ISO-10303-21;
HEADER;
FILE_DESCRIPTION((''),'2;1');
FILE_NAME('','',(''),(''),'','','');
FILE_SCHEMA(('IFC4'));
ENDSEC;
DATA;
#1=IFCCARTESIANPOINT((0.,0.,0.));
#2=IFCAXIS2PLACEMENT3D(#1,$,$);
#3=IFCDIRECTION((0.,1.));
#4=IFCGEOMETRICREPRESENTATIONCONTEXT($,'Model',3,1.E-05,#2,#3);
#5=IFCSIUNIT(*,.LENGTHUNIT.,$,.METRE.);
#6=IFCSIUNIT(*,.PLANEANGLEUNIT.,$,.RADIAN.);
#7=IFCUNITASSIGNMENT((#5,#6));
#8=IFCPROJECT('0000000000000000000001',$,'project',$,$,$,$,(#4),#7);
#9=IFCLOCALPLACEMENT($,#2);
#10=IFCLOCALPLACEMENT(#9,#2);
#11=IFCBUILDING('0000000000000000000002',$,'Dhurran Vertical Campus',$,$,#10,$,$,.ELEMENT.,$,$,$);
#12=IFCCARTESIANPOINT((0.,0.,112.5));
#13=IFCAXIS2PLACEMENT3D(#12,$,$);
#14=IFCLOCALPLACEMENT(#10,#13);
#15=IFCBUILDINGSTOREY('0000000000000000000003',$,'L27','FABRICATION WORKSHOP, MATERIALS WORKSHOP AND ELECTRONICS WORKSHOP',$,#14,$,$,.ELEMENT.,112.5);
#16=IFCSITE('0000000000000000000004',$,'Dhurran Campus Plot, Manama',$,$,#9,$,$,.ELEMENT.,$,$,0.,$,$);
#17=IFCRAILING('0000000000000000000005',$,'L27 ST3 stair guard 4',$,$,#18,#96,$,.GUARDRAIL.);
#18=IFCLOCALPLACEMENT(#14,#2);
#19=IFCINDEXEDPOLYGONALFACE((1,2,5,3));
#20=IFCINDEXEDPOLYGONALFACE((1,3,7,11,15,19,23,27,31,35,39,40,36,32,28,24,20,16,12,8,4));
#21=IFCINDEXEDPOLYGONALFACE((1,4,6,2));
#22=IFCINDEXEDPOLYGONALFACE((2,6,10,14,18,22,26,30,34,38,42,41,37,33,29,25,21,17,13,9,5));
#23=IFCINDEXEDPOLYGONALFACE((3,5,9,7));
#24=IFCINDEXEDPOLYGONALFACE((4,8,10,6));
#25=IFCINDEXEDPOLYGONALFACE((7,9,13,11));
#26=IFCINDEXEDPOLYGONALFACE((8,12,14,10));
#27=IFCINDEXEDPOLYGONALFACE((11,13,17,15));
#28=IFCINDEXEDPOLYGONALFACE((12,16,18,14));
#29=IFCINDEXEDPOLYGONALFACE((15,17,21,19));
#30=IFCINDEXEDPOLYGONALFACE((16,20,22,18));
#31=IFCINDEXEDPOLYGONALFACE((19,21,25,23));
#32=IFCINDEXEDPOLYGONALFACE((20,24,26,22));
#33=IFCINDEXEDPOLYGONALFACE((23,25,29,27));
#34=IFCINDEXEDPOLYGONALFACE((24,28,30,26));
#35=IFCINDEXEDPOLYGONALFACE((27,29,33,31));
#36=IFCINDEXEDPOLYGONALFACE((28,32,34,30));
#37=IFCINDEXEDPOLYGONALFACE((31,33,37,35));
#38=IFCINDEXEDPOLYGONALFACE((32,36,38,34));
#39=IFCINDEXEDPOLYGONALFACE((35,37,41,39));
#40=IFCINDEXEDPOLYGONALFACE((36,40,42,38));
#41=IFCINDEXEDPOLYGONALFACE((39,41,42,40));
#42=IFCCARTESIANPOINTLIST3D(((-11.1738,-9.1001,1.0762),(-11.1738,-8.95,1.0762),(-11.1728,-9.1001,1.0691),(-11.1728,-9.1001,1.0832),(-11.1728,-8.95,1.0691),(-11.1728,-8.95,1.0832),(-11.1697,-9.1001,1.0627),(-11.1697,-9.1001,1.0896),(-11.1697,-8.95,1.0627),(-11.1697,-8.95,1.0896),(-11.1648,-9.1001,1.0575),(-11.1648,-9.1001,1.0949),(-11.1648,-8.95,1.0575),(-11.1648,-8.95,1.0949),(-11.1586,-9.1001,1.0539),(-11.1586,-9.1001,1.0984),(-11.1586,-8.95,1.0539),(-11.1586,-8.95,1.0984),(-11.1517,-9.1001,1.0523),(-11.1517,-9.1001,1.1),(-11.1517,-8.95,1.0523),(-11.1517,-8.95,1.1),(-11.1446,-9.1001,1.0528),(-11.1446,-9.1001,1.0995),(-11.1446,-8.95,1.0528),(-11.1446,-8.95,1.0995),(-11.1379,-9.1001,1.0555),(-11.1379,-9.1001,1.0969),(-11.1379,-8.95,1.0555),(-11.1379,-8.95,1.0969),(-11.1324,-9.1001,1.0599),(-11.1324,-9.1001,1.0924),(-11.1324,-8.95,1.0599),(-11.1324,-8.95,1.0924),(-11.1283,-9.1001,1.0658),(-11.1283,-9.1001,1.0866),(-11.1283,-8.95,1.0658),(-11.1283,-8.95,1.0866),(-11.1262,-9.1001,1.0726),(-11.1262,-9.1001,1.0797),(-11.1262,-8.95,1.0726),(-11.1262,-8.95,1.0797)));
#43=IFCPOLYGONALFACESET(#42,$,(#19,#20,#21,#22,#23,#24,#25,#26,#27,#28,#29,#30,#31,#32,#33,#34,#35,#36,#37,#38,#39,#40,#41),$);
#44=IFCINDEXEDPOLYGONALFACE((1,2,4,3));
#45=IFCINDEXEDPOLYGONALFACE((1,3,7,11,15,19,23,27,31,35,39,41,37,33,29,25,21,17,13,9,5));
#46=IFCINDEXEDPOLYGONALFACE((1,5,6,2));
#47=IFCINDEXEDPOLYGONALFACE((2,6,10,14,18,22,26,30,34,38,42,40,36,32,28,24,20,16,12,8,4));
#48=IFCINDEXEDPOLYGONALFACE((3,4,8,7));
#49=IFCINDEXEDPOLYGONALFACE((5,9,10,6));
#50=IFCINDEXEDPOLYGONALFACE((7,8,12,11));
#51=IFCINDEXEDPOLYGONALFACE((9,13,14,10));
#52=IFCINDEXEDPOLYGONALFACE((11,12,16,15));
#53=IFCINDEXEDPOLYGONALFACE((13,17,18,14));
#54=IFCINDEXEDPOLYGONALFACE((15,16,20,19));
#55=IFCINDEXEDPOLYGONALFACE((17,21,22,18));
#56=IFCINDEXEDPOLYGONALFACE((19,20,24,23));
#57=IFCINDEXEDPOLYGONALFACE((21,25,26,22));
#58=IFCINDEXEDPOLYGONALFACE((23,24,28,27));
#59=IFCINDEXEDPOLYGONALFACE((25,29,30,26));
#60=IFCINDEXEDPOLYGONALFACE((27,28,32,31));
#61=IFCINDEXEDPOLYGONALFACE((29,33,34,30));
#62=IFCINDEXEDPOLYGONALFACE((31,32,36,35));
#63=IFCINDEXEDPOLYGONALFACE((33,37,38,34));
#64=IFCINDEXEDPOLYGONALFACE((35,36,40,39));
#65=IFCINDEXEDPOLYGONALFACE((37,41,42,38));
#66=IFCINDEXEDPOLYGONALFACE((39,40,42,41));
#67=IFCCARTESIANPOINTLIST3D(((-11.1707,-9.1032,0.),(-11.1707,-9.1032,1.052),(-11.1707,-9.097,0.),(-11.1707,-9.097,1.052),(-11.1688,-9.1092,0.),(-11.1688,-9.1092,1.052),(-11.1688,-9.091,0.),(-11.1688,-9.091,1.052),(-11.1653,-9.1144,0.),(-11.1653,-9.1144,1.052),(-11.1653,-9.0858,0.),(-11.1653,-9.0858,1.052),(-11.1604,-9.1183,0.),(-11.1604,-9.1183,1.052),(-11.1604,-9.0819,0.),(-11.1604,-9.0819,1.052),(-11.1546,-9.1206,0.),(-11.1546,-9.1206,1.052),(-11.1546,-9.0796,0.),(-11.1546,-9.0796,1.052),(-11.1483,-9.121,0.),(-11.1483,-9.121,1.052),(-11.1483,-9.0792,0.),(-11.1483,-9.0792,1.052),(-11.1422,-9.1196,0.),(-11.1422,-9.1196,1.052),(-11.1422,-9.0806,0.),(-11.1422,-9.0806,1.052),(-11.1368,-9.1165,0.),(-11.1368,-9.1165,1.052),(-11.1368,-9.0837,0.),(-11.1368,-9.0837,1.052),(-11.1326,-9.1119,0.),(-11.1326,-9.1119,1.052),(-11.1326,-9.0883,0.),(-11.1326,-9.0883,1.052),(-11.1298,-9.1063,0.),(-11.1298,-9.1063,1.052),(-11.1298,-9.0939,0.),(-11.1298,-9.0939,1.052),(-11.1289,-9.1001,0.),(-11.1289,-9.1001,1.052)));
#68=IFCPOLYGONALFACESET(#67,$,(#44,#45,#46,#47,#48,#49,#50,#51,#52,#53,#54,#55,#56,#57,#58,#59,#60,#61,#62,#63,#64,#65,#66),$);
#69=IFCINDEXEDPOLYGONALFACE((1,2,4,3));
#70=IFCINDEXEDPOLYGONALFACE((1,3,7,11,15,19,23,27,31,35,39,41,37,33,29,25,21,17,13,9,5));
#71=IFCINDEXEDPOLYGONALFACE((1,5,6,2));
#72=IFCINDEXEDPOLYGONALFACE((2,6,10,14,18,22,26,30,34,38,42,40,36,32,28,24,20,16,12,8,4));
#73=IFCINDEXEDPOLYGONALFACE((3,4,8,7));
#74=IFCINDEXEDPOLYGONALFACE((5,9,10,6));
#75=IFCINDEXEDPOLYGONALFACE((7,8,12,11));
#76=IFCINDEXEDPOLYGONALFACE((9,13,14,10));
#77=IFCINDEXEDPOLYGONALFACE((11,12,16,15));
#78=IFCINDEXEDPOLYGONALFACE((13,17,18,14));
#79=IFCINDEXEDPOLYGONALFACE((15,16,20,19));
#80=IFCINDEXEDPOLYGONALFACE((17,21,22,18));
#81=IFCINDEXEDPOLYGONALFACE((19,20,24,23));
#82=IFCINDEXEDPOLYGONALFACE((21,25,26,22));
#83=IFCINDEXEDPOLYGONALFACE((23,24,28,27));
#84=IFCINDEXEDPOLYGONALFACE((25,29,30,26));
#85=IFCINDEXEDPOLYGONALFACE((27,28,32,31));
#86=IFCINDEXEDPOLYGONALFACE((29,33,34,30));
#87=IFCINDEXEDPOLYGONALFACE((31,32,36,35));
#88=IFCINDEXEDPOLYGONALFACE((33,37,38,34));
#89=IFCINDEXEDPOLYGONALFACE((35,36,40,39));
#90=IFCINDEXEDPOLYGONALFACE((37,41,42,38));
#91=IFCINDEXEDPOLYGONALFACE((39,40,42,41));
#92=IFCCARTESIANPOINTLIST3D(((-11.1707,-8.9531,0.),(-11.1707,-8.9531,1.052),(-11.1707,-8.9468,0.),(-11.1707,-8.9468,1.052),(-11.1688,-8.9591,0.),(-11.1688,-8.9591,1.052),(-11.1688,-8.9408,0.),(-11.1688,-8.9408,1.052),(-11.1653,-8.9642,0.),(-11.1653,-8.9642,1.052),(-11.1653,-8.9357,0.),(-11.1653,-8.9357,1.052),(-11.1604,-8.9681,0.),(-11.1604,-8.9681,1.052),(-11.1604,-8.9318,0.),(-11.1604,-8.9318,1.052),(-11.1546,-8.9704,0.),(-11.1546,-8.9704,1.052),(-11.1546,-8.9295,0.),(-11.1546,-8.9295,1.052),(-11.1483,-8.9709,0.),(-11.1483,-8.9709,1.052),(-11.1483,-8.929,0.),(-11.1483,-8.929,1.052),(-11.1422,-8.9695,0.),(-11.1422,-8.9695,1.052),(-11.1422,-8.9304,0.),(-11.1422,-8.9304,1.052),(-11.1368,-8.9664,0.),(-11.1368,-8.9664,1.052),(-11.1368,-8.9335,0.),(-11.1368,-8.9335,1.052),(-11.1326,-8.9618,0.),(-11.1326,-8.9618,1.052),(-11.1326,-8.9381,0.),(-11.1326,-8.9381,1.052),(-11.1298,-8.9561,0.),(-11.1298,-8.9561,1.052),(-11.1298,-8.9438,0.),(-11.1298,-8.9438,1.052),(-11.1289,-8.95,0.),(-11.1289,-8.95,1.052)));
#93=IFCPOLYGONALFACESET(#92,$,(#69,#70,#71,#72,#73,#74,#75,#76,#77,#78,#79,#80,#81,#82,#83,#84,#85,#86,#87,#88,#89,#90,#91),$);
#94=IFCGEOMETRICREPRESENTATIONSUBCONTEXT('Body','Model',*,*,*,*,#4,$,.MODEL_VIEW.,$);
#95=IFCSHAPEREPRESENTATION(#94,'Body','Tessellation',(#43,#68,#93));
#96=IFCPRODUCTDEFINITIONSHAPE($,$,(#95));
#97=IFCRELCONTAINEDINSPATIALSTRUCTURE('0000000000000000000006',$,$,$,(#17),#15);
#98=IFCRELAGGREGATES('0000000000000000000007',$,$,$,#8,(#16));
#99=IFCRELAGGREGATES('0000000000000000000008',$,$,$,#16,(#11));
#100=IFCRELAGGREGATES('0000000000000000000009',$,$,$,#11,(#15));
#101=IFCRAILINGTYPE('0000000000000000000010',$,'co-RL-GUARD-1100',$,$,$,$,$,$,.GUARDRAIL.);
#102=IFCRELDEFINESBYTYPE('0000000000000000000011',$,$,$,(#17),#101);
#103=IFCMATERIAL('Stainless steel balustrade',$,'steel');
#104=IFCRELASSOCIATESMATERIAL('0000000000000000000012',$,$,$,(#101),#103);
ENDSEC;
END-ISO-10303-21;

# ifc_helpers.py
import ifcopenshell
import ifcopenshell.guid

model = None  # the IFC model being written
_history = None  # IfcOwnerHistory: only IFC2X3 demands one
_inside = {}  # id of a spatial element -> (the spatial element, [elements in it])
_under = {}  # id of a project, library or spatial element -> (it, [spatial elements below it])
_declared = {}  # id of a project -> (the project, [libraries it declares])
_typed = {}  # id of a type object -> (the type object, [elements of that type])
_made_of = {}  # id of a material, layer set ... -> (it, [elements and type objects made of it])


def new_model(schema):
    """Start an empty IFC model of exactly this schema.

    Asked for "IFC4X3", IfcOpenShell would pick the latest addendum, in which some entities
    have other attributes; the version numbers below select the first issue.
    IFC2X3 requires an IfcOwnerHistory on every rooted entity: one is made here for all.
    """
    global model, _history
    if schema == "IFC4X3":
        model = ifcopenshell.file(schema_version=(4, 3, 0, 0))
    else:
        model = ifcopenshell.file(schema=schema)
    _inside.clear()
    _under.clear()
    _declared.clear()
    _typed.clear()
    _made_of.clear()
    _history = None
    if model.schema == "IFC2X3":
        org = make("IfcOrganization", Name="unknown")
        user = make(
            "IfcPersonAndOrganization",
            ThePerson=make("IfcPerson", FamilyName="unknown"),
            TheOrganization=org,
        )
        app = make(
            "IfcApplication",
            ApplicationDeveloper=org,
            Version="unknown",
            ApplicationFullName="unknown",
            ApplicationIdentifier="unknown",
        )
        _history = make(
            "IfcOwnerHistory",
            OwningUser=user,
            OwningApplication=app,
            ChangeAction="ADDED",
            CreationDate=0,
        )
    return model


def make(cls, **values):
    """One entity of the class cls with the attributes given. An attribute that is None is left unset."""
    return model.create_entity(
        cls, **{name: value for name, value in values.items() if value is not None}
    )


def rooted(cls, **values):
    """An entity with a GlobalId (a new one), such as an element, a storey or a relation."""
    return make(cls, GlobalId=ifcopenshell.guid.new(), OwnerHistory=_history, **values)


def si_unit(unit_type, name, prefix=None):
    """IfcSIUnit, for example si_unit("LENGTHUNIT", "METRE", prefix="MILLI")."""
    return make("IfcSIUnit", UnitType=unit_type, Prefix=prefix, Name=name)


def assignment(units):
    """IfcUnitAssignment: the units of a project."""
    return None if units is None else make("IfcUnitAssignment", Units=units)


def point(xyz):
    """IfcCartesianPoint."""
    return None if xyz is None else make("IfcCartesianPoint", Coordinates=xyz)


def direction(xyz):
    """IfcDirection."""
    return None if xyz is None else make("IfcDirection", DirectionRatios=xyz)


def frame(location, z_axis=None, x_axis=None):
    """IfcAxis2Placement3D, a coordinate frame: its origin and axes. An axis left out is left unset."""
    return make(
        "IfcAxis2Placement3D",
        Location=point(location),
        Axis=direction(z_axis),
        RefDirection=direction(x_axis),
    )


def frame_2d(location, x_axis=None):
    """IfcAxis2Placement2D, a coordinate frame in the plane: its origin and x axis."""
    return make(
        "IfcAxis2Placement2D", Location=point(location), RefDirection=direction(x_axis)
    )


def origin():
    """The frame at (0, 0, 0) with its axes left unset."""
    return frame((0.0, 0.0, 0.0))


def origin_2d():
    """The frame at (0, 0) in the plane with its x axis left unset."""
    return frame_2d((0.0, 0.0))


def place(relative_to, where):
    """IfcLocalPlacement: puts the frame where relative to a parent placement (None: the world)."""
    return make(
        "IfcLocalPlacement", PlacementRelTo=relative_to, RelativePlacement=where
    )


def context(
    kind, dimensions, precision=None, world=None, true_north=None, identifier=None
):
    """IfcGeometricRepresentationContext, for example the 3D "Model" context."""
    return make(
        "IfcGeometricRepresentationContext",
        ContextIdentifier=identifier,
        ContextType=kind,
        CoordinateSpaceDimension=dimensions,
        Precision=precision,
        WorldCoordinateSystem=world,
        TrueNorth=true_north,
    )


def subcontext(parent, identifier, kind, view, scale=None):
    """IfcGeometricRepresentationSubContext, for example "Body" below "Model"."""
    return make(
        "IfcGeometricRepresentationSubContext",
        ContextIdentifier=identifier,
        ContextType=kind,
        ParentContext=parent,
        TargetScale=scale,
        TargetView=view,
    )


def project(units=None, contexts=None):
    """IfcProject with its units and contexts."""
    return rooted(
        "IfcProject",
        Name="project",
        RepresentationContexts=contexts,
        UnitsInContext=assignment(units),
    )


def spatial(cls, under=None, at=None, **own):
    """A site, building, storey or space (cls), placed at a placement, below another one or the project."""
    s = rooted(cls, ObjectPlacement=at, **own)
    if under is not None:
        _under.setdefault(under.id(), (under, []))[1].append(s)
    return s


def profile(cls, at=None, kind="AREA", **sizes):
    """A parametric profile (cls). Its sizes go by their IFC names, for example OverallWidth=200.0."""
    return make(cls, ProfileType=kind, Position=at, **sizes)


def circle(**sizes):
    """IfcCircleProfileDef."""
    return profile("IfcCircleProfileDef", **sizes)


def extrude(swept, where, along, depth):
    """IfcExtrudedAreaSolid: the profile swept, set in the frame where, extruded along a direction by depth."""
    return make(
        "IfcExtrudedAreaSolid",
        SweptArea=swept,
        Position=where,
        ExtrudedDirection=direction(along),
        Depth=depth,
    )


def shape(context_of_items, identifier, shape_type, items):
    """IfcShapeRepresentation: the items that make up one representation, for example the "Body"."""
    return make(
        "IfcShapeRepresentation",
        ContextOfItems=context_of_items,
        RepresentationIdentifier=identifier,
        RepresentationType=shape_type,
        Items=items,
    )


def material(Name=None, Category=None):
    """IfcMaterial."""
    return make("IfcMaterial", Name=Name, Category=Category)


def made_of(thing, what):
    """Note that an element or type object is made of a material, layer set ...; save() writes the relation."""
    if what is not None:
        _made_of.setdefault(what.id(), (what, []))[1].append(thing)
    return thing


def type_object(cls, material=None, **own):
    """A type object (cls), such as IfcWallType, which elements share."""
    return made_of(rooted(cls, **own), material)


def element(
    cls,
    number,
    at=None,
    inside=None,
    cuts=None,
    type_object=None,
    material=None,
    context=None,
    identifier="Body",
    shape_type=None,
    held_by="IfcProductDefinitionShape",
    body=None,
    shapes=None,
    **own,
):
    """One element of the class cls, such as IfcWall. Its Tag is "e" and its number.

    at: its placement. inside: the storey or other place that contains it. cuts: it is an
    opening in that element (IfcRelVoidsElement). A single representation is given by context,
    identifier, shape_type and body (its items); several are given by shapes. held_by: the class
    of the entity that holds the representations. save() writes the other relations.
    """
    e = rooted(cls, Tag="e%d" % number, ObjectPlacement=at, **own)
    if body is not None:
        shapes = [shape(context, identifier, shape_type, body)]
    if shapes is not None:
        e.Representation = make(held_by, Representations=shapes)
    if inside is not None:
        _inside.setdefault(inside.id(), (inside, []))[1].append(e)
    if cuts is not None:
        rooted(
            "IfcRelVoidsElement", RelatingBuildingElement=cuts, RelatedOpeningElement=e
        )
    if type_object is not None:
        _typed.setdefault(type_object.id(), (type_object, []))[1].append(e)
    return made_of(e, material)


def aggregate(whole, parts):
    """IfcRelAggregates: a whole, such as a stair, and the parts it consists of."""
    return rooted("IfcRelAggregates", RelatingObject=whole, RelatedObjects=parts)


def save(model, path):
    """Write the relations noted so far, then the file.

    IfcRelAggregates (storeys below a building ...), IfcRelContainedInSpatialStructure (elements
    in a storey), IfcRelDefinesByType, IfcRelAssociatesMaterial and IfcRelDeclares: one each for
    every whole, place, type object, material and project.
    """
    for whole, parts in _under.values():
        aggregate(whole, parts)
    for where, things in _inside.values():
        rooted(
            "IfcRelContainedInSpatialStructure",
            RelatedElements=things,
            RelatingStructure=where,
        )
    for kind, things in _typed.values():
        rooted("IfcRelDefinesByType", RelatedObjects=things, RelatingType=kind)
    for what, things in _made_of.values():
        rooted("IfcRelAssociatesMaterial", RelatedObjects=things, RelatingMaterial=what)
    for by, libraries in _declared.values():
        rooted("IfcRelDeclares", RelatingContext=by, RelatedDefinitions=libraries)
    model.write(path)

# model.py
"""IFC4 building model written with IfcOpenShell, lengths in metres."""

from ifc_helpers import new_model, si_unit, direction, frame, origin, origin_2d, place, context, subcontext, project, spatial, circle, extrude, material, type_object, element, save


model = new_model("IFC4")

# Units and contexts
model_context = context("Model", 3, precision=1e-05, world=origin(), true_north=direction((0.0, 1.0)))
body_context = subcontext(model_context, "Body", "Model", "MODEL_VIEW")
ifc_project = project(units=[si_unit("LENGTHUNIT", "METRE"), si_unit("PLANEANGLEUNIT", "RADIAN")], contexts=[model_context])

# Site, building, storey
site_placement = place(None, origin())
site = spatial("IfcSite", under=ifc_project, at=site_placement, Name="Dhurran Campus Plot, Manama", CompositionType="ELEMENT", RefElevation=0.0)
building_placement = place(site_placement, origin())
building = spatial("IfcBuilding", under=site, at=building_placement, Name="Dhurran Vertical Campus", CompositionType="ELEMENT")
storey_placement = place(building_placement, frame((0.0, 0.0, 112.5)))
storey = spatial("IfcBuildingStorey", under=building, at=storey_placement, Name="L27", Description="FABRICATION WORKSHOP, MATERIALS WORKSHOP AND ELECTRONICS WORKSHOP", CompositionType="ELEMENT", Elevation=112.5)

# Railing
ifc_material_1 = material(Name="Stainless steel balustrade", Category="steel")
railing_type_1 = type_object("IfcRailingType", Name="co-RL-GUARD-1100", PredefinedType="GUARDRAIL", material=ifc_material_1)
railing_1_placement = place(storey_placement, frame((-11.1499, -9.1001, 0.0)))
element("IfcRailing", 1, at=railing_1_placement, inside=storey, type_object=railing_type_1, Name="L27 ST3 stair guard 4", PredefinedType="GUARDRAIL", context=body_context, shape_type="SweptSolid", body=[
    extrude(circle(Radius=0.0239, at=origin_2d()), frame((0.0, 0.0, 1.0762), z_axis=(0.0, 1.0, 0.0), x_axis=(-1.0, 0.0, 0.0)), (0.0, 0.0, 1.0), 0.1501),
    extrude(circle(Radius=0.021, at=origin_2d()), origin(), (0.0, 0.0, 1.0), 1.052),
    extrude(circle(Radius=0.021, at=origin_2d()), frame((0.0, 0.1501, 0.0)), (0.0, 0.0, 1.0), 1.052),
])

save(model, "model.ifc")
